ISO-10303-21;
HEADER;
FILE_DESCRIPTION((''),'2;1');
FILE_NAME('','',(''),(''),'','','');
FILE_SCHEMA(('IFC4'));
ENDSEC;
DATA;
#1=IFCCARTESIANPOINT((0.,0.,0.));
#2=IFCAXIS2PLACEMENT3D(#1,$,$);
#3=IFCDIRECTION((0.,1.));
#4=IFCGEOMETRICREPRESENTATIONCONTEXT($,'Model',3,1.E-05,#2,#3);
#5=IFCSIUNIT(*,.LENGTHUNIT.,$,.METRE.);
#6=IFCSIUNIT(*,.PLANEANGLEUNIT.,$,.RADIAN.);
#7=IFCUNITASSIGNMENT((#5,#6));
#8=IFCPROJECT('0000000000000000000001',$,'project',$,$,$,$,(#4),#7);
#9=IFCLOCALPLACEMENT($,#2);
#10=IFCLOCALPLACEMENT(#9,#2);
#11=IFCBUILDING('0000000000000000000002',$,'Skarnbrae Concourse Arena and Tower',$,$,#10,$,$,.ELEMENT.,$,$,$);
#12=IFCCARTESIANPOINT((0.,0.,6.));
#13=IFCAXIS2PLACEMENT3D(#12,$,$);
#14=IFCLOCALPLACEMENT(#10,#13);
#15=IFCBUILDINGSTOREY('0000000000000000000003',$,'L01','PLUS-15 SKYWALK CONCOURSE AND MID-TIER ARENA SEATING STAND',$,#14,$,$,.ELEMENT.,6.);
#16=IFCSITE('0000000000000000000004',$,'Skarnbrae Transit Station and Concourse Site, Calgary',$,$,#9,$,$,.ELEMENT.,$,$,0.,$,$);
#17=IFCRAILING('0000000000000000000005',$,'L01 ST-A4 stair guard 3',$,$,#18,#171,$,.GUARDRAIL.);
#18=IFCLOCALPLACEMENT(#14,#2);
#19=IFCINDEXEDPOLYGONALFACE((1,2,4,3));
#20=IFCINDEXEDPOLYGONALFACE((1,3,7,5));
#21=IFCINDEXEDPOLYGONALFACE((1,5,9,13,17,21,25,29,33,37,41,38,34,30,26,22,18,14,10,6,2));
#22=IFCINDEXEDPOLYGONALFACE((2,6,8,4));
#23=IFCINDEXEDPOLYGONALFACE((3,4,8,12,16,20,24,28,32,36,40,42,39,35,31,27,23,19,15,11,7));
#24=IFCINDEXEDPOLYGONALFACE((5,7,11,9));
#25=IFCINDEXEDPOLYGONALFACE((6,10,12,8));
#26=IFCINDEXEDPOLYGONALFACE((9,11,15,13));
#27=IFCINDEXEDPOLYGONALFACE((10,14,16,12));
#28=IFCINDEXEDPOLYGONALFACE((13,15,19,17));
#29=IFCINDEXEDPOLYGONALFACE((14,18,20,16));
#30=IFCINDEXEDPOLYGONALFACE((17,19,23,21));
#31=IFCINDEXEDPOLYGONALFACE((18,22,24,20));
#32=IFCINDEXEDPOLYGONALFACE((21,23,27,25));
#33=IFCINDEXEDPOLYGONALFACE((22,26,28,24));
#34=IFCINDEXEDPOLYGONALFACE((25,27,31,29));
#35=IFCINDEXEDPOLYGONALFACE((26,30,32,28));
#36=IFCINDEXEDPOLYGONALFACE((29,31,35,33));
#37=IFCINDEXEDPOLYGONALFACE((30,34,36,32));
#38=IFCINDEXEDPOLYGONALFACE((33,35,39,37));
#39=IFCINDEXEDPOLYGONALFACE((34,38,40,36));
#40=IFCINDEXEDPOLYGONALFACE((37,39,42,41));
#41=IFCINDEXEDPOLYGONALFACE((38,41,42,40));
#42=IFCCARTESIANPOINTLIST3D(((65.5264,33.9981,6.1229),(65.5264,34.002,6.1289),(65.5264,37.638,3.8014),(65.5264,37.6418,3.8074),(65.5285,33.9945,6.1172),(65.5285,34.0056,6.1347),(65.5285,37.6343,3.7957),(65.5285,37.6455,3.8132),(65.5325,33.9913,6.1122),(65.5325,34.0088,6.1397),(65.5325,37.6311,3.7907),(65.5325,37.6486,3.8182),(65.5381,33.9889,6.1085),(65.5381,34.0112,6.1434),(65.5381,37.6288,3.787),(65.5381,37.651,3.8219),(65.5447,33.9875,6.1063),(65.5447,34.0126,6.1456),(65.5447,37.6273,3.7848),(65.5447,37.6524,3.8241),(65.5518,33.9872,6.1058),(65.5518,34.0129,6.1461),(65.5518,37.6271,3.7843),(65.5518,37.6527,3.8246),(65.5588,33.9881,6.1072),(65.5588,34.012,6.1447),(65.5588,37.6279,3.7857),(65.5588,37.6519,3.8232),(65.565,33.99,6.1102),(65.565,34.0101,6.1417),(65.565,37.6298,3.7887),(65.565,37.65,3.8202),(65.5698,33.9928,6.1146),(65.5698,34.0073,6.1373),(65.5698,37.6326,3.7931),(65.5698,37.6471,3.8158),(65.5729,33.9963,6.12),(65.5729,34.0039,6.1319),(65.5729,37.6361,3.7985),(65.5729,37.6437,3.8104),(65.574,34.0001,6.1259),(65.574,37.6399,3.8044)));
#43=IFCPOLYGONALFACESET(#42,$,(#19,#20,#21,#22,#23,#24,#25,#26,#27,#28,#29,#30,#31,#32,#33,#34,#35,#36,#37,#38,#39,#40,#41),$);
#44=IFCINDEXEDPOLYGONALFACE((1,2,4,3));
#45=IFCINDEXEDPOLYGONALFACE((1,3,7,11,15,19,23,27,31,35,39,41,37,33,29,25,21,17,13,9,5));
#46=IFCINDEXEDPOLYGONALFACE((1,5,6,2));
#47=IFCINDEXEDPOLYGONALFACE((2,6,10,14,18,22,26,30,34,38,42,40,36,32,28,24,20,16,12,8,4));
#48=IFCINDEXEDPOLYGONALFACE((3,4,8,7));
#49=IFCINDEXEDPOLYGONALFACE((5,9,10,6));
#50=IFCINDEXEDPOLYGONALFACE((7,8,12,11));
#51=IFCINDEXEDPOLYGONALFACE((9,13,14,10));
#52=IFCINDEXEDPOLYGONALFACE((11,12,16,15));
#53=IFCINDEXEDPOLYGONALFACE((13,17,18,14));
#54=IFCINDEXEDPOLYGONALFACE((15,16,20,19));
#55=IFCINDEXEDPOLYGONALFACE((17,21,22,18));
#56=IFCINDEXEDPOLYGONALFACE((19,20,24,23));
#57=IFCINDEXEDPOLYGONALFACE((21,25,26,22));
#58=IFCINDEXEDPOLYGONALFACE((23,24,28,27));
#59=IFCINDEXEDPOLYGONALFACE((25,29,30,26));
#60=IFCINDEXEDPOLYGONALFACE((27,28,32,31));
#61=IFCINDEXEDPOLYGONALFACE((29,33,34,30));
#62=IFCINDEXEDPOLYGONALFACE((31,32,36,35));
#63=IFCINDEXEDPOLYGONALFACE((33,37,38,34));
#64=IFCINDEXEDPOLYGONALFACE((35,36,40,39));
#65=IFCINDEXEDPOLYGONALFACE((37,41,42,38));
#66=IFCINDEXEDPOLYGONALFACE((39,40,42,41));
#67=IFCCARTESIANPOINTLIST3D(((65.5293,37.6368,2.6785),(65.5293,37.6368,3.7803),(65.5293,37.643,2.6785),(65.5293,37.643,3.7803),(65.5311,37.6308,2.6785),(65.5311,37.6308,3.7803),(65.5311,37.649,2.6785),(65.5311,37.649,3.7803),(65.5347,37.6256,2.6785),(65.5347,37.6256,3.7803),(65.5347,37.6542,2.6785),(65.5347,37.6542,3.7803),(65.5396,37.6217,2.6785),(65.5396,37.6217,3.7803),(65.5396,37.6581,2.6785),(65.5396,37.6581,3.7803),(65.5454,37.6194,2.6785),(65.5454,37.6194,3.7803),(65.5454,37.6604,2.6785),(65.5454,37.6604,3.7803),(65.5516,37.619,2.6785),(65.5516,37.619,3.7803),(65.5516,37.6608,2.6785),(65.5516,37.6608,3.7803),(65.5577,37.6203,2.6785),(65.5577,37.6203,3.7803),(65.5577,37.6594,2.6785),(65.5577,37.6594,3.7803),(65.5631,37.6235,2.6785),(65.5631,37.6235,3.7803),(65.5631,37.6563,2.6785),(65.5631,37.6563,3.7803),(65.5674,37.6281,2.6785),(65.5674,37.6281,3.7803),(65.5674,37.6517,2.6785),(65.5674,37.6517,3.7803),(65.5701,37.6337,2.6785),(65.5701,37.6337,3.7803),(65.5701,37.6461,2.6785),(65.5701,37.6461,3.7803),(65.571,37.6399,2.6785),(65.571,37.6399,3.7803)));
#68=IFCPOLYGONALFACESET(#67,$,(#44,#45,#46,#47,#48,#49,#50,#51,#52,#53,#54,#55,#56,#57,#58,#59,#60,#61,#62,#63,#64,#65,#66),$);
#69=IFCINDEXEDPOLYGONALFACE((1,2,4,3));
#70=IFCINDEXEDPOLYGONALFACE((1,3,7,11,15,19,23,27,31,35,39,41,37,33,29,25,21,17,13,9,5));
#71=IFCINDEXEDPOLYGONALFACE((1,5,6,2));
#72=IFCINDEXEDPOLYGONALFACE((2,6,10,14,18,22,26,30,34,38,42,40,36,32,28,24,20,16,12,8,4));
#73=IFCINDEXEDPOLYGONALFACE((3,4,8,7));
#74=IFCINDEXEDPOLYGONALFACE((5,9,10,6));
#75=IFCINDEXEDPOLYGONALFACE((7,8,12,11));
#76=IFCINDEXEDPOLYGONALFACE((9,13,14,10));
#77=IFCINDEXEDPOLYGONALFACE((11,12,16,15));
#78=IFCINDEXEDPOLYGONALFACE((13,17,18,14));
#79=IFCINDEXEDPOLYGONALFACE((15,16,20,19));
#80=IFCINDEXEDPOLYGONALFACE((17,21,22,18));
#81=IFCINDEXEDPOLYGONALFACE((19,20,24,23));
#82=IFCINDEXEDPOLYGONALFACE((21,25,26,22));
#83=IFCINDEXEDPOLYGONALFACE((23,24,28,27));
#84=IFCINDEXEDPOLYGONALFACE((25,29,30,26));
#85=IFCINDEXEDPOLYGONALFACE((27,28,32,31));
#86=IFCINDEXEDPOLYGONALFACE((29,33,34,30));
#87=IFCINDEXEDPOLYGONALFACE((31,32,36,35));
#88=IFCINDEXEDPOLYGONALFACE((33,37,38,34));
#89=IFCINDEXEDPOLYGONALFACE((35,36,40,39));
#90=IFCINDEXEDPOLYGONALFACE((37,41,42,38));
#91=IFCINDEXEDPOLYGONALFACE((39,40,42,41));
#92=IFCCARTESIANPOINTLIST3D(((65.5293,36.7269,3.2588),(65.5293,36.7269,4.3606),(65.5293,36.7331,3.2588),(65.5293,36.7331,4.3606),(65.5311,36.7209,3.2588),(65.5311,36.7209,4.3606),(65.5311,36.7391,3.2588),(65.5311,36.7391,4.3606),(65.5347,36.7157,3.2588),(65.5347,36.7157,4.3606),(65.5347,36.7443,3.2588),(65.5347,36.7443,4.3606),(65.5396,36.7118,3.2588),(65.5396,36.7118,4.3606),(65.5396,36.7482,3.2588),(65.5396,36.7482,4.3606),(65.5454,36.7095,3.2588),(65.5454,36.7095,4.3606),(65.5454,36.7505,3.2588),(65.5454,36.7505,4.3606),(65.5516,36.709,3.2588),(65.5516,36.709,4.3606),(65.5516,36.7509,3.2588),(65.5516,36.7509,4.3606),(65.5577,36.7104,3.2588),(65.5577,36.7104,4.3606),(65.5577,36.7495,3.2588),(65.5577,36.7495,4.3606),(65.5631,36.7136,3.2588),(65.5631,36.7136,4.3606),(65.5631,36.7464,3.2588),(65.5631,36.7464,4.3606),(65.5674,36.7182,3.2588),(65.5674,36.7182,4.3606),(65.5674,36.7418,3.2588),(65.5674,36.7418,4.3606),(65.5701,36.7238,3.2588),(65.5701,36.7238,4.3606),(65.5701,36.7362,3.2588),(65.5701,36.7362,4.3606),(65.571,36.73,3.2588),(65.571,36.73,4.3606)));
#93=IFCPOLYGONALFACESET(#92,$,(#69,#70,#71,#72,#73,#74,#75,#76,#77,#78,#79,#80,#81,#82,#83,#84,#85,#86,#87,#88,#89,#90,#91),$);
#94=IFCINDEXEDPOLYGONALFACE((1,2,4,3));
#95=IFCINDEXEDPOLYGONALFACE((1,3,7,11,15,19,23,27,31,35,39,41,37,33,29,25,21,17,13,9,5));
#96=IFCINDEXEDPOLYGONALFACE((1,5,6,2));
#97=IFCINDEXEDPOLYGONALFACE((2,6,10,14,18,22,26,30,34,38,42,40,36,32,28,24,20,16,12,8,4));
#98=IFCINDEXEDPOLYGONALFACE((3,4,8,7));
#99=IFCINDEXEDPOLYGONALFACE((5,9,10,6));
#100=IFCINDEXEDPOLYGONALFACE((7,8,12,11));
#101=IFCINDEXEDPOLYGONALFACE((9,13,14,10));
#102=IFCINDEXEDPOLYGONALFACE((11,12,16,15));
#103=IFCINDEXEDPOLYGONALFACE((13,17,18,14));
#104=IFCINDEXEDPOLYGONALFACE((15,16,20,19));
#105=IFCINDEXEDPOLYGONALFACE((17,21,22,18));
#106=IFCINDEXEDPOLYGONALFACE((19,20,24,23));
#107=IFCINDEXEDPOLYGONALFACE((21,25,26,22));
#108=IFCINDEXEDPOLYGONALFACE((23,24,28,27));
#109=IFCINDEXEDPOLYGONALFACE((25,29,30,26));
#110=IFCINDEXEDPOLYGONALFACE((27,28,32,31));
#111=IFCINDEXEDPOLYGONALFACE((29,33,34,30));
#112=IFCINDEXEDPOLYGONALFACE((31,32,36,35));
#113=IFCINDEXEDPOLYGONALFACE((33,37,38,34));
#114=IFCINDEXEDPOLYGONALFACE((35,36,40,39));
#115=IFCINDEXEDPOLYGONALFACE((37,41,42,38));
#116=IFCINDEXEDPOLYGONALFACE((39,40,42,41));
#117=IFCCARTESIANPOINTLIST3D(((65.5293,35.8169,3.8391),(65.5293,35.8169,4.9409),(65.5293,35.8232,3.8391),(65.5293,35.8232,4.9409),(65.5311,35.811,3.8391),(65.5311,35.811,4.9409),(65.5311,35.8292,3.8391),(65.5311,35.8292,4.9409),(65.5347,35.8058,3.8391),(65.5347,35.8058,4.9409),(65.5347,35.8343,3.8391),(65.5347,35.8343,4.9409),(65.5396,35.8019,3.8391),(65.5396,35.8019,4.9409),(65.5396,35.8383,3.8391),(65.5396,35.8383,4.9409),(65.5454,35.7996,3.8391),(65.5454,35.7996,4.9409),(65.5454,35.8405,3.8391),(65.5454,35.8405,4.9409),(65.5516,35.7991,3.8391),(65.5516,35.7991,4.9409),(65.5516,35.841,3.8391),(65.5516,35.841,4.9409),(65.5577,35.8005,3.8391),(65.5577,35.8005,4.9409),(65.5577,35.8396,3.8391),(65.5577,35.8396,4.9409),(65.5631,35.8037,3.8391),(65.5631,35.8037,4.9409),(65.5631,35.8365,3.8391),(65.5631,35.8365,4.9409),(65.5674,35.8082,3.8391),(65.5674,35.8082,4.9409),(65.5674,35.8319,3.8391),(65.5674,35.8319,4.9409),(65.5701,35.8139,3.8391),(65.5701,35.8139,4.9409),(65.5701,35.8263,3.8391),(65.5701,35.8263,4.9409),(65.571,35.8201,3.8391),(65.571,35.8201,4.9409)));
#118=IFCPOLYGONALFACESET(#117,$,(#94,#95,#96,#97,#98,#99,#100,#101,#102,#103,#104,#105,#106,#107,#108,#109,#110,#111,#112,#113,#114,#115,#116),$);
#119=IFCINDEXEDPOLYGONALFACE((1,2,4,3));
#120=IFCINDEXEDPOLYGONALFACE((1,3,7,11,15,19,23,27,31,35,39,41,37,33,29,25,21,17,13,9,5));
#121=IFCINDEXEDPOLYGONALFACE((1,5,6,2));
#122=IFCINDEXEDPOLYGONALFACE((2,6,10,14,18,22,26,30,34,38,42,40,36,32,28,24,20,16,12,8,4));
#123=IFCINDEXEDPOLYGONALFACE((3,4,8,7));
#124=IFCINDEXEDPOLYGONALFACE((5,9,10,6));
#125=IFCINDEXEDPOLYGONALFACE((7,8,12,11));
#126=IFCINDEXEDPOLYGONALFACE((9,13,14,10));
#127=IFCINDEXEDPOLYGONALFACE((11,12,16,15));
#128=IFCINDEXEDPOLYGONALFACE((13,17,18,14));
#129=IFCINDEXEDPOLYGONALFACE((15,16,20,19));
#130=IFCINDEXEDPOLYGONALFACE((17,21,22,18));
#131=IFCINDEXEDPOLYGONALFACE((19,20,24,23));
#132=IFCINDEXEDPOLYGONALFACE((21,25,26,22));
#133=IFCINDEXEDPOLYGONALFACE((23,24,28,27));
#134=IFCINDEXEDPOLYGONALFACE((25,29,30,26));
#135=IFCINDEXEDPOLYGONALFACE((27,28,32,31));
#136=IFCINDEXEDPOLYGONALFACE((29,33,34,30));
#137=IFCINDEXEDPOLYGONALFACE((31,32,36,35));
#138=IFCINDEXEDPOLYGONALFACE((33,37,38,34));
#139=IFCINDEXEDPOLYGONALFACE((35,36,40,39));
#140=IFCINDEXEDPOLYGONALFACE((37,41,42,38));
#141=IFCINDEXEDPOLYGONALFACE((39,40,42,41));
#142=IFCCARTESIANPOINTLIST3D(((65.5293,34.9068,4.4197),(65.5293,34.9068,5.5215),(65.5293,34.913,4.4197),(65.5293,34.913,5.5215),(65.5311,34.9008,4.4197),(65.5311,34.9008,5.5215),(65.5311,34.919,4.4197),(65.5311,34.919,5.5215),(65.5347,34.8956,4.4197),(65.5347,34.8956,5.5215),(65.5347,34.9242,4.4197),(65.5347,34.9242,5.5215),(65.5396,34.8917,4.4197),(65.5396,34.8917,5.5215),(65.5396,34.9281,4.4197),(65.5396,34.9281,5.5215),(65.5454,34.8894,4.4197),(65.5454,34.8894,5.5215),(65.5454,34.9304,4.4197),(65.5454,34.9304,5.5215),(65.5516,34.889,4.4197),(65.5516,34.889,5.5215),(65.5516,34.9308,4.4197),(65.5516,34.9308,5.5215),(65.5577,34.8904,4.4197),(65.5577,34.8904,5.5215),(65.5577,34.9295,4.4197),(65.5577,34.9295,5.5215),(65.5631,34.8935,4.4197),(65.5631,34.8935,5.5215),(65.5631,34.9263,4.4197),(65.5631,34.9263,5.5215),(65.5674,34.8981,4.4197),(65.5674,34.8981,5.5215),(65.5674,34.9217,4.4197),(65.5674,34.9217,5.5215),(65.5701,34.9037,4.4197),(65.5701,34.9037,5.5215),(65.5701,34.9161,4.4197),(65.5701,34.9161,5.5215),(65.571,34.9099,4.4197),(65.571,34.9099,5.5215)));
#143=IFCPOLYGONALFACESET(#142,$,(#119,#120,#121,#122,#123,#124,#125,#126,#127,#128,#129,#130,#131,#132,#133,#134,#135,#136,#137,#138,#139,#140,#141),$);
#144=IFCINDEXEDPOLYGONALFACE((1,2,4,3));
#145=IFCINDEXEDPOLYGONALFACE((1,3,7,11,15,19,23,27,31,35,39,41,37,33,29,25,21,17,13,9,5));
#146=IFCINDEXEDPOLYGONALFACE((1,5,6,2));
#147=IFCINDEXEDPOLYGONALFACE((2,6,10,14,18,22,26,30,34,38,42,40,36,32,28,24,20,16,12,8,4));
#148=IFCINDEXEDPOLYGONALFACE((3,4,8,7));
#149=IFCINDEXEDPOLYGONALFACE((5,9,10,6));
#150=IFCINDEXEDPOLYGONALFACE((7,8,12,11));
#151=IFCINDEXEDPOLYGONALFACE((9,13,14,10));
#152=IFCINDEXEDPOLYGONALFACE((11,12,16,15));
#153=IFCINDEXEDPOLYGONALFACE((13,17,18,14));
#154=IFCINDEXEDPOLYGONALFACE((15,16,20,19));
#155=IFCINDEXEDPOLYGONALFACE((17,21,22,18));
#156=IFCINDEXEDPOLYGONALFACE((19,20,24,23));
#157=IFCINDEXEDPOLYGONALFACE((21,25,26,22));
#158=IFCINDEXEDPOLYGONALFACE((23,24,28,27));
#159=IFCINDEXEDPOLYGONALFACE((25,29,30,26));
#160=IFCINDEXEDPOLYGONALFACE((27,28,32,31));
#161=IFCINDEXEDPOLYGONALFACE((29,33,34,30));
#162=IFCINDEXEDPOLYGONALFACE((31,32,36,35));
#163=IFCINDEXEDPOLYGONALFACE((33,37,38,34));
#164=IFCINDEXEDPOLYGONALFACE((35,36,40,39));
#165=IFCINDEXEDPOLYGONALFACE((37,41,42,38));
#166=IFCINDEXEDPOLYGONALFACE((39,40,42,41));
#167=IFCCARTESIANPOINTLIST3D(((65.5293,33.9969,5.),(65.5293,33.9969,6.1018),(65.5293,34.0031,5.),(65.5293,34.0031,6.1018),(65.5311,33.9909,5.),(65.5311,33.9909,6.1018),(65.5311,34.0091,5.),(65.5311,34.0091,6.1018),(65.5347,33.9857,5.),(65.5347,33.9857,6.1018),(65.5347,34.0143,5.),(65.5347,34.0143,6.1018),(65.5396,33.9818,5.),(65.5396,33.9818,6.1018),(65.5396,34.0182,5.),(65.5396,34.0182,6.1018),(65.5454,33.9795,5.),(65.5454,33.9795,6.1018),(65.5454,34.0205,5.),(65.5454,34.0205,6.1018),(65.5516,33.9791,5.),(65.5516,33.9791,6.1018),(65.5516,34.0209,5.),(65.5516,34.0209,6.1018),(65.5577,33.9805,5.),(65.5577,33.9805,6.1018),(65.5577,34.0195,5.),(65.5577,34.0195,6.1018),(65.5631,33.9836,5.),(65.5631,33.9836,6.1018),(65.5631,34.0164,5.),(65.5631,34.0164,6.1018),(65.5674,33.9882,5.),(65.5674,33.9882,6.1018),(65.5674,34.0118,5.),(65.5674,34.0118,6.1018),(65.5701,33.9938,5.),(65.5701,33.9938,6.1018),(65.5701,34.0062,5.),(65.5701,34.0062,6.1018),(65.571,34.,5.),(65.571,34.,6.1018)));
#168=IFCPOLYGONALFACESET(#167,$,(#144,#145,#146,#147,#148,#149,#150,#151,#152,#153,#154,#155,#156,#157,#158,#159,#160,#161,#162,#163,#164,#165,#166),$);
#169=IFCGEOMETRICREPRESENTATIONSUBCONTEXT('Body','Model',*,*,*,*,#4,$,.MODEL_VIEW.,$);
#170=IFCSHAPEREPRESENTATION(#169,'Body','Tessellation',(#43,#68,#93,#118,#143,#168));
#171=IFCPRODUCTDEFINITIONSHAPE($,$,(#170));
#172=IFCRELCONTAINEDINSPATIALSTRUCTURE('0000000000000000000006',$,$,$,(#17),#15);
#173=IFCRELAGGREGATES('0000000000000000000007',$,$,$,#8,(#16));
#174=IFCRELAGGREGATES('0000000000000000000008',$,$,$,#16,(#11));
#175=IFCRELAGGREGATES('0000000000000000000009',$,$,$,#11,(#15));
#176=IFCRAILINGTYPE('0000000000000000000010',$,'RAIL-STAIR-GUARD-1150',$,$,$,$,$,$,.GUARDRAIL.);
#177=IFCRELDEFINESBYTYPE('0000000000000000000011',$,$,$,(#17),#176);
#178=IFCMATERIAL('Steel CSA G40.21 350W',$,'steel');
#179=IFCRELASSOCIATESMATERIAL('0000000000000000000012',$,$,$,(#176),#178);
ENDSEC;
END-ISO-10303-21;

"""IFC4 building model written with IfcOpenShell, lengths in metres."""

from ifc_helpers import new_model, si_unit, direction, frame, origin, origin_2d, place, context, subcontext, project, spatial, circle, extrude, material, type_object, element, save


model = new_model("IFC4")

# Units and contexts
model_context = context("Model", 3, precision=1e-05, world=origin(), true_north=direction((0.0, 1.0)))
body_context = subcontext(model_context, "Body", "Model", "MODEL_VIEW")
ifc_project = project(units=[si_unit("LENGTHUNIT", "METRE"), si_unit("PLANEANGLEUNIT", "RADIAN")], contexts=[model_context])

# Site, building, storey
site_placement = place(None, origin())
site = spatial("IfcSite", under=ifc_project, at=site_placement, Name="Skarnbrae Transit Station and Concourse Site, Calgary", CompositionType="ELEMENT", RefElevation=0.0)
building_placement = place(site_placement, origin())
building = spatial("IfcBuilding", under=site, at=building_placement, Name="Skarnbrae Concourse Arena and Tower", CompositionType="ELEMENT")
storey_placement = place(building_placement, frame((0.0, 0.0, 6.0)))
storey = spatial("IfcBuildingStorey", under=building, at=storey_placement, Name="L01", Description="PLUS-15 SKYWALK CONCOURSE AND MID-TIER ARENA SEATING STAND", CompositionType="ELEMENT", Elevation=6.0)

# Shared definitions
ifc_material_1 = material(Name="Steel CSA G40.21 350W", Category="steel")

# Railing
railing_type_1 = type_object("IfcRailingType", Name="RAIL-STAIR-GUARD-1150", PredefinedType="GUARDRAIL", material=ifc_material_1)
railing_1_placement = place(storey_placement, frame((65.55, 37.6399, 2.6785)))
element("IfcRailing", 1, at=railing_1_placement, inside=storey, type_object=railing_type_1, Name="L01 ST-A4 stair guard 3", PredefinedType="GUARDRAIL", context=body_context, shape_type="SweptSolid", body=[
    extrude(circle(Radius=0.0239, at=origin_2d()), frame((0.0, 0.0, 1.126), z_axis=(0.0, -0.843112, 0.537739), x_axis=(1.0, 0.0, 0.0)), (0.0, 0.0, 1.0), 4.3171),
    extrude(circle(Radius=0.021, at=origin_2d()), origin(), (0.0, 0.0, 1.0), 1.1018),
    extrude(circle(Radius=0.021, at=origin_2d()), frame((0.0, -0.9099, 0.5803)), (0.0, 0.0, 1.0), 1.1018),
    extrude(circle(Radius=0.021, at=origin_2d()), frame((0.0, -1.8198, 1.1606)), (0.0, 0.0, 1.0), 1.1018),
    extrude(circle(Radius=0.021, at=origin_2d()), frame((0.0, -2.73, 1.7412)), (0.0, 0.0, 1.0), 1.1018),
    extrude(circle(Radius=0.021, at=origin_2d()), frame((0.0, -3.6399, 2.3215)), (0.0, 0.0, 1.0), 1.1018),
])

save(model, "model.ifc")
